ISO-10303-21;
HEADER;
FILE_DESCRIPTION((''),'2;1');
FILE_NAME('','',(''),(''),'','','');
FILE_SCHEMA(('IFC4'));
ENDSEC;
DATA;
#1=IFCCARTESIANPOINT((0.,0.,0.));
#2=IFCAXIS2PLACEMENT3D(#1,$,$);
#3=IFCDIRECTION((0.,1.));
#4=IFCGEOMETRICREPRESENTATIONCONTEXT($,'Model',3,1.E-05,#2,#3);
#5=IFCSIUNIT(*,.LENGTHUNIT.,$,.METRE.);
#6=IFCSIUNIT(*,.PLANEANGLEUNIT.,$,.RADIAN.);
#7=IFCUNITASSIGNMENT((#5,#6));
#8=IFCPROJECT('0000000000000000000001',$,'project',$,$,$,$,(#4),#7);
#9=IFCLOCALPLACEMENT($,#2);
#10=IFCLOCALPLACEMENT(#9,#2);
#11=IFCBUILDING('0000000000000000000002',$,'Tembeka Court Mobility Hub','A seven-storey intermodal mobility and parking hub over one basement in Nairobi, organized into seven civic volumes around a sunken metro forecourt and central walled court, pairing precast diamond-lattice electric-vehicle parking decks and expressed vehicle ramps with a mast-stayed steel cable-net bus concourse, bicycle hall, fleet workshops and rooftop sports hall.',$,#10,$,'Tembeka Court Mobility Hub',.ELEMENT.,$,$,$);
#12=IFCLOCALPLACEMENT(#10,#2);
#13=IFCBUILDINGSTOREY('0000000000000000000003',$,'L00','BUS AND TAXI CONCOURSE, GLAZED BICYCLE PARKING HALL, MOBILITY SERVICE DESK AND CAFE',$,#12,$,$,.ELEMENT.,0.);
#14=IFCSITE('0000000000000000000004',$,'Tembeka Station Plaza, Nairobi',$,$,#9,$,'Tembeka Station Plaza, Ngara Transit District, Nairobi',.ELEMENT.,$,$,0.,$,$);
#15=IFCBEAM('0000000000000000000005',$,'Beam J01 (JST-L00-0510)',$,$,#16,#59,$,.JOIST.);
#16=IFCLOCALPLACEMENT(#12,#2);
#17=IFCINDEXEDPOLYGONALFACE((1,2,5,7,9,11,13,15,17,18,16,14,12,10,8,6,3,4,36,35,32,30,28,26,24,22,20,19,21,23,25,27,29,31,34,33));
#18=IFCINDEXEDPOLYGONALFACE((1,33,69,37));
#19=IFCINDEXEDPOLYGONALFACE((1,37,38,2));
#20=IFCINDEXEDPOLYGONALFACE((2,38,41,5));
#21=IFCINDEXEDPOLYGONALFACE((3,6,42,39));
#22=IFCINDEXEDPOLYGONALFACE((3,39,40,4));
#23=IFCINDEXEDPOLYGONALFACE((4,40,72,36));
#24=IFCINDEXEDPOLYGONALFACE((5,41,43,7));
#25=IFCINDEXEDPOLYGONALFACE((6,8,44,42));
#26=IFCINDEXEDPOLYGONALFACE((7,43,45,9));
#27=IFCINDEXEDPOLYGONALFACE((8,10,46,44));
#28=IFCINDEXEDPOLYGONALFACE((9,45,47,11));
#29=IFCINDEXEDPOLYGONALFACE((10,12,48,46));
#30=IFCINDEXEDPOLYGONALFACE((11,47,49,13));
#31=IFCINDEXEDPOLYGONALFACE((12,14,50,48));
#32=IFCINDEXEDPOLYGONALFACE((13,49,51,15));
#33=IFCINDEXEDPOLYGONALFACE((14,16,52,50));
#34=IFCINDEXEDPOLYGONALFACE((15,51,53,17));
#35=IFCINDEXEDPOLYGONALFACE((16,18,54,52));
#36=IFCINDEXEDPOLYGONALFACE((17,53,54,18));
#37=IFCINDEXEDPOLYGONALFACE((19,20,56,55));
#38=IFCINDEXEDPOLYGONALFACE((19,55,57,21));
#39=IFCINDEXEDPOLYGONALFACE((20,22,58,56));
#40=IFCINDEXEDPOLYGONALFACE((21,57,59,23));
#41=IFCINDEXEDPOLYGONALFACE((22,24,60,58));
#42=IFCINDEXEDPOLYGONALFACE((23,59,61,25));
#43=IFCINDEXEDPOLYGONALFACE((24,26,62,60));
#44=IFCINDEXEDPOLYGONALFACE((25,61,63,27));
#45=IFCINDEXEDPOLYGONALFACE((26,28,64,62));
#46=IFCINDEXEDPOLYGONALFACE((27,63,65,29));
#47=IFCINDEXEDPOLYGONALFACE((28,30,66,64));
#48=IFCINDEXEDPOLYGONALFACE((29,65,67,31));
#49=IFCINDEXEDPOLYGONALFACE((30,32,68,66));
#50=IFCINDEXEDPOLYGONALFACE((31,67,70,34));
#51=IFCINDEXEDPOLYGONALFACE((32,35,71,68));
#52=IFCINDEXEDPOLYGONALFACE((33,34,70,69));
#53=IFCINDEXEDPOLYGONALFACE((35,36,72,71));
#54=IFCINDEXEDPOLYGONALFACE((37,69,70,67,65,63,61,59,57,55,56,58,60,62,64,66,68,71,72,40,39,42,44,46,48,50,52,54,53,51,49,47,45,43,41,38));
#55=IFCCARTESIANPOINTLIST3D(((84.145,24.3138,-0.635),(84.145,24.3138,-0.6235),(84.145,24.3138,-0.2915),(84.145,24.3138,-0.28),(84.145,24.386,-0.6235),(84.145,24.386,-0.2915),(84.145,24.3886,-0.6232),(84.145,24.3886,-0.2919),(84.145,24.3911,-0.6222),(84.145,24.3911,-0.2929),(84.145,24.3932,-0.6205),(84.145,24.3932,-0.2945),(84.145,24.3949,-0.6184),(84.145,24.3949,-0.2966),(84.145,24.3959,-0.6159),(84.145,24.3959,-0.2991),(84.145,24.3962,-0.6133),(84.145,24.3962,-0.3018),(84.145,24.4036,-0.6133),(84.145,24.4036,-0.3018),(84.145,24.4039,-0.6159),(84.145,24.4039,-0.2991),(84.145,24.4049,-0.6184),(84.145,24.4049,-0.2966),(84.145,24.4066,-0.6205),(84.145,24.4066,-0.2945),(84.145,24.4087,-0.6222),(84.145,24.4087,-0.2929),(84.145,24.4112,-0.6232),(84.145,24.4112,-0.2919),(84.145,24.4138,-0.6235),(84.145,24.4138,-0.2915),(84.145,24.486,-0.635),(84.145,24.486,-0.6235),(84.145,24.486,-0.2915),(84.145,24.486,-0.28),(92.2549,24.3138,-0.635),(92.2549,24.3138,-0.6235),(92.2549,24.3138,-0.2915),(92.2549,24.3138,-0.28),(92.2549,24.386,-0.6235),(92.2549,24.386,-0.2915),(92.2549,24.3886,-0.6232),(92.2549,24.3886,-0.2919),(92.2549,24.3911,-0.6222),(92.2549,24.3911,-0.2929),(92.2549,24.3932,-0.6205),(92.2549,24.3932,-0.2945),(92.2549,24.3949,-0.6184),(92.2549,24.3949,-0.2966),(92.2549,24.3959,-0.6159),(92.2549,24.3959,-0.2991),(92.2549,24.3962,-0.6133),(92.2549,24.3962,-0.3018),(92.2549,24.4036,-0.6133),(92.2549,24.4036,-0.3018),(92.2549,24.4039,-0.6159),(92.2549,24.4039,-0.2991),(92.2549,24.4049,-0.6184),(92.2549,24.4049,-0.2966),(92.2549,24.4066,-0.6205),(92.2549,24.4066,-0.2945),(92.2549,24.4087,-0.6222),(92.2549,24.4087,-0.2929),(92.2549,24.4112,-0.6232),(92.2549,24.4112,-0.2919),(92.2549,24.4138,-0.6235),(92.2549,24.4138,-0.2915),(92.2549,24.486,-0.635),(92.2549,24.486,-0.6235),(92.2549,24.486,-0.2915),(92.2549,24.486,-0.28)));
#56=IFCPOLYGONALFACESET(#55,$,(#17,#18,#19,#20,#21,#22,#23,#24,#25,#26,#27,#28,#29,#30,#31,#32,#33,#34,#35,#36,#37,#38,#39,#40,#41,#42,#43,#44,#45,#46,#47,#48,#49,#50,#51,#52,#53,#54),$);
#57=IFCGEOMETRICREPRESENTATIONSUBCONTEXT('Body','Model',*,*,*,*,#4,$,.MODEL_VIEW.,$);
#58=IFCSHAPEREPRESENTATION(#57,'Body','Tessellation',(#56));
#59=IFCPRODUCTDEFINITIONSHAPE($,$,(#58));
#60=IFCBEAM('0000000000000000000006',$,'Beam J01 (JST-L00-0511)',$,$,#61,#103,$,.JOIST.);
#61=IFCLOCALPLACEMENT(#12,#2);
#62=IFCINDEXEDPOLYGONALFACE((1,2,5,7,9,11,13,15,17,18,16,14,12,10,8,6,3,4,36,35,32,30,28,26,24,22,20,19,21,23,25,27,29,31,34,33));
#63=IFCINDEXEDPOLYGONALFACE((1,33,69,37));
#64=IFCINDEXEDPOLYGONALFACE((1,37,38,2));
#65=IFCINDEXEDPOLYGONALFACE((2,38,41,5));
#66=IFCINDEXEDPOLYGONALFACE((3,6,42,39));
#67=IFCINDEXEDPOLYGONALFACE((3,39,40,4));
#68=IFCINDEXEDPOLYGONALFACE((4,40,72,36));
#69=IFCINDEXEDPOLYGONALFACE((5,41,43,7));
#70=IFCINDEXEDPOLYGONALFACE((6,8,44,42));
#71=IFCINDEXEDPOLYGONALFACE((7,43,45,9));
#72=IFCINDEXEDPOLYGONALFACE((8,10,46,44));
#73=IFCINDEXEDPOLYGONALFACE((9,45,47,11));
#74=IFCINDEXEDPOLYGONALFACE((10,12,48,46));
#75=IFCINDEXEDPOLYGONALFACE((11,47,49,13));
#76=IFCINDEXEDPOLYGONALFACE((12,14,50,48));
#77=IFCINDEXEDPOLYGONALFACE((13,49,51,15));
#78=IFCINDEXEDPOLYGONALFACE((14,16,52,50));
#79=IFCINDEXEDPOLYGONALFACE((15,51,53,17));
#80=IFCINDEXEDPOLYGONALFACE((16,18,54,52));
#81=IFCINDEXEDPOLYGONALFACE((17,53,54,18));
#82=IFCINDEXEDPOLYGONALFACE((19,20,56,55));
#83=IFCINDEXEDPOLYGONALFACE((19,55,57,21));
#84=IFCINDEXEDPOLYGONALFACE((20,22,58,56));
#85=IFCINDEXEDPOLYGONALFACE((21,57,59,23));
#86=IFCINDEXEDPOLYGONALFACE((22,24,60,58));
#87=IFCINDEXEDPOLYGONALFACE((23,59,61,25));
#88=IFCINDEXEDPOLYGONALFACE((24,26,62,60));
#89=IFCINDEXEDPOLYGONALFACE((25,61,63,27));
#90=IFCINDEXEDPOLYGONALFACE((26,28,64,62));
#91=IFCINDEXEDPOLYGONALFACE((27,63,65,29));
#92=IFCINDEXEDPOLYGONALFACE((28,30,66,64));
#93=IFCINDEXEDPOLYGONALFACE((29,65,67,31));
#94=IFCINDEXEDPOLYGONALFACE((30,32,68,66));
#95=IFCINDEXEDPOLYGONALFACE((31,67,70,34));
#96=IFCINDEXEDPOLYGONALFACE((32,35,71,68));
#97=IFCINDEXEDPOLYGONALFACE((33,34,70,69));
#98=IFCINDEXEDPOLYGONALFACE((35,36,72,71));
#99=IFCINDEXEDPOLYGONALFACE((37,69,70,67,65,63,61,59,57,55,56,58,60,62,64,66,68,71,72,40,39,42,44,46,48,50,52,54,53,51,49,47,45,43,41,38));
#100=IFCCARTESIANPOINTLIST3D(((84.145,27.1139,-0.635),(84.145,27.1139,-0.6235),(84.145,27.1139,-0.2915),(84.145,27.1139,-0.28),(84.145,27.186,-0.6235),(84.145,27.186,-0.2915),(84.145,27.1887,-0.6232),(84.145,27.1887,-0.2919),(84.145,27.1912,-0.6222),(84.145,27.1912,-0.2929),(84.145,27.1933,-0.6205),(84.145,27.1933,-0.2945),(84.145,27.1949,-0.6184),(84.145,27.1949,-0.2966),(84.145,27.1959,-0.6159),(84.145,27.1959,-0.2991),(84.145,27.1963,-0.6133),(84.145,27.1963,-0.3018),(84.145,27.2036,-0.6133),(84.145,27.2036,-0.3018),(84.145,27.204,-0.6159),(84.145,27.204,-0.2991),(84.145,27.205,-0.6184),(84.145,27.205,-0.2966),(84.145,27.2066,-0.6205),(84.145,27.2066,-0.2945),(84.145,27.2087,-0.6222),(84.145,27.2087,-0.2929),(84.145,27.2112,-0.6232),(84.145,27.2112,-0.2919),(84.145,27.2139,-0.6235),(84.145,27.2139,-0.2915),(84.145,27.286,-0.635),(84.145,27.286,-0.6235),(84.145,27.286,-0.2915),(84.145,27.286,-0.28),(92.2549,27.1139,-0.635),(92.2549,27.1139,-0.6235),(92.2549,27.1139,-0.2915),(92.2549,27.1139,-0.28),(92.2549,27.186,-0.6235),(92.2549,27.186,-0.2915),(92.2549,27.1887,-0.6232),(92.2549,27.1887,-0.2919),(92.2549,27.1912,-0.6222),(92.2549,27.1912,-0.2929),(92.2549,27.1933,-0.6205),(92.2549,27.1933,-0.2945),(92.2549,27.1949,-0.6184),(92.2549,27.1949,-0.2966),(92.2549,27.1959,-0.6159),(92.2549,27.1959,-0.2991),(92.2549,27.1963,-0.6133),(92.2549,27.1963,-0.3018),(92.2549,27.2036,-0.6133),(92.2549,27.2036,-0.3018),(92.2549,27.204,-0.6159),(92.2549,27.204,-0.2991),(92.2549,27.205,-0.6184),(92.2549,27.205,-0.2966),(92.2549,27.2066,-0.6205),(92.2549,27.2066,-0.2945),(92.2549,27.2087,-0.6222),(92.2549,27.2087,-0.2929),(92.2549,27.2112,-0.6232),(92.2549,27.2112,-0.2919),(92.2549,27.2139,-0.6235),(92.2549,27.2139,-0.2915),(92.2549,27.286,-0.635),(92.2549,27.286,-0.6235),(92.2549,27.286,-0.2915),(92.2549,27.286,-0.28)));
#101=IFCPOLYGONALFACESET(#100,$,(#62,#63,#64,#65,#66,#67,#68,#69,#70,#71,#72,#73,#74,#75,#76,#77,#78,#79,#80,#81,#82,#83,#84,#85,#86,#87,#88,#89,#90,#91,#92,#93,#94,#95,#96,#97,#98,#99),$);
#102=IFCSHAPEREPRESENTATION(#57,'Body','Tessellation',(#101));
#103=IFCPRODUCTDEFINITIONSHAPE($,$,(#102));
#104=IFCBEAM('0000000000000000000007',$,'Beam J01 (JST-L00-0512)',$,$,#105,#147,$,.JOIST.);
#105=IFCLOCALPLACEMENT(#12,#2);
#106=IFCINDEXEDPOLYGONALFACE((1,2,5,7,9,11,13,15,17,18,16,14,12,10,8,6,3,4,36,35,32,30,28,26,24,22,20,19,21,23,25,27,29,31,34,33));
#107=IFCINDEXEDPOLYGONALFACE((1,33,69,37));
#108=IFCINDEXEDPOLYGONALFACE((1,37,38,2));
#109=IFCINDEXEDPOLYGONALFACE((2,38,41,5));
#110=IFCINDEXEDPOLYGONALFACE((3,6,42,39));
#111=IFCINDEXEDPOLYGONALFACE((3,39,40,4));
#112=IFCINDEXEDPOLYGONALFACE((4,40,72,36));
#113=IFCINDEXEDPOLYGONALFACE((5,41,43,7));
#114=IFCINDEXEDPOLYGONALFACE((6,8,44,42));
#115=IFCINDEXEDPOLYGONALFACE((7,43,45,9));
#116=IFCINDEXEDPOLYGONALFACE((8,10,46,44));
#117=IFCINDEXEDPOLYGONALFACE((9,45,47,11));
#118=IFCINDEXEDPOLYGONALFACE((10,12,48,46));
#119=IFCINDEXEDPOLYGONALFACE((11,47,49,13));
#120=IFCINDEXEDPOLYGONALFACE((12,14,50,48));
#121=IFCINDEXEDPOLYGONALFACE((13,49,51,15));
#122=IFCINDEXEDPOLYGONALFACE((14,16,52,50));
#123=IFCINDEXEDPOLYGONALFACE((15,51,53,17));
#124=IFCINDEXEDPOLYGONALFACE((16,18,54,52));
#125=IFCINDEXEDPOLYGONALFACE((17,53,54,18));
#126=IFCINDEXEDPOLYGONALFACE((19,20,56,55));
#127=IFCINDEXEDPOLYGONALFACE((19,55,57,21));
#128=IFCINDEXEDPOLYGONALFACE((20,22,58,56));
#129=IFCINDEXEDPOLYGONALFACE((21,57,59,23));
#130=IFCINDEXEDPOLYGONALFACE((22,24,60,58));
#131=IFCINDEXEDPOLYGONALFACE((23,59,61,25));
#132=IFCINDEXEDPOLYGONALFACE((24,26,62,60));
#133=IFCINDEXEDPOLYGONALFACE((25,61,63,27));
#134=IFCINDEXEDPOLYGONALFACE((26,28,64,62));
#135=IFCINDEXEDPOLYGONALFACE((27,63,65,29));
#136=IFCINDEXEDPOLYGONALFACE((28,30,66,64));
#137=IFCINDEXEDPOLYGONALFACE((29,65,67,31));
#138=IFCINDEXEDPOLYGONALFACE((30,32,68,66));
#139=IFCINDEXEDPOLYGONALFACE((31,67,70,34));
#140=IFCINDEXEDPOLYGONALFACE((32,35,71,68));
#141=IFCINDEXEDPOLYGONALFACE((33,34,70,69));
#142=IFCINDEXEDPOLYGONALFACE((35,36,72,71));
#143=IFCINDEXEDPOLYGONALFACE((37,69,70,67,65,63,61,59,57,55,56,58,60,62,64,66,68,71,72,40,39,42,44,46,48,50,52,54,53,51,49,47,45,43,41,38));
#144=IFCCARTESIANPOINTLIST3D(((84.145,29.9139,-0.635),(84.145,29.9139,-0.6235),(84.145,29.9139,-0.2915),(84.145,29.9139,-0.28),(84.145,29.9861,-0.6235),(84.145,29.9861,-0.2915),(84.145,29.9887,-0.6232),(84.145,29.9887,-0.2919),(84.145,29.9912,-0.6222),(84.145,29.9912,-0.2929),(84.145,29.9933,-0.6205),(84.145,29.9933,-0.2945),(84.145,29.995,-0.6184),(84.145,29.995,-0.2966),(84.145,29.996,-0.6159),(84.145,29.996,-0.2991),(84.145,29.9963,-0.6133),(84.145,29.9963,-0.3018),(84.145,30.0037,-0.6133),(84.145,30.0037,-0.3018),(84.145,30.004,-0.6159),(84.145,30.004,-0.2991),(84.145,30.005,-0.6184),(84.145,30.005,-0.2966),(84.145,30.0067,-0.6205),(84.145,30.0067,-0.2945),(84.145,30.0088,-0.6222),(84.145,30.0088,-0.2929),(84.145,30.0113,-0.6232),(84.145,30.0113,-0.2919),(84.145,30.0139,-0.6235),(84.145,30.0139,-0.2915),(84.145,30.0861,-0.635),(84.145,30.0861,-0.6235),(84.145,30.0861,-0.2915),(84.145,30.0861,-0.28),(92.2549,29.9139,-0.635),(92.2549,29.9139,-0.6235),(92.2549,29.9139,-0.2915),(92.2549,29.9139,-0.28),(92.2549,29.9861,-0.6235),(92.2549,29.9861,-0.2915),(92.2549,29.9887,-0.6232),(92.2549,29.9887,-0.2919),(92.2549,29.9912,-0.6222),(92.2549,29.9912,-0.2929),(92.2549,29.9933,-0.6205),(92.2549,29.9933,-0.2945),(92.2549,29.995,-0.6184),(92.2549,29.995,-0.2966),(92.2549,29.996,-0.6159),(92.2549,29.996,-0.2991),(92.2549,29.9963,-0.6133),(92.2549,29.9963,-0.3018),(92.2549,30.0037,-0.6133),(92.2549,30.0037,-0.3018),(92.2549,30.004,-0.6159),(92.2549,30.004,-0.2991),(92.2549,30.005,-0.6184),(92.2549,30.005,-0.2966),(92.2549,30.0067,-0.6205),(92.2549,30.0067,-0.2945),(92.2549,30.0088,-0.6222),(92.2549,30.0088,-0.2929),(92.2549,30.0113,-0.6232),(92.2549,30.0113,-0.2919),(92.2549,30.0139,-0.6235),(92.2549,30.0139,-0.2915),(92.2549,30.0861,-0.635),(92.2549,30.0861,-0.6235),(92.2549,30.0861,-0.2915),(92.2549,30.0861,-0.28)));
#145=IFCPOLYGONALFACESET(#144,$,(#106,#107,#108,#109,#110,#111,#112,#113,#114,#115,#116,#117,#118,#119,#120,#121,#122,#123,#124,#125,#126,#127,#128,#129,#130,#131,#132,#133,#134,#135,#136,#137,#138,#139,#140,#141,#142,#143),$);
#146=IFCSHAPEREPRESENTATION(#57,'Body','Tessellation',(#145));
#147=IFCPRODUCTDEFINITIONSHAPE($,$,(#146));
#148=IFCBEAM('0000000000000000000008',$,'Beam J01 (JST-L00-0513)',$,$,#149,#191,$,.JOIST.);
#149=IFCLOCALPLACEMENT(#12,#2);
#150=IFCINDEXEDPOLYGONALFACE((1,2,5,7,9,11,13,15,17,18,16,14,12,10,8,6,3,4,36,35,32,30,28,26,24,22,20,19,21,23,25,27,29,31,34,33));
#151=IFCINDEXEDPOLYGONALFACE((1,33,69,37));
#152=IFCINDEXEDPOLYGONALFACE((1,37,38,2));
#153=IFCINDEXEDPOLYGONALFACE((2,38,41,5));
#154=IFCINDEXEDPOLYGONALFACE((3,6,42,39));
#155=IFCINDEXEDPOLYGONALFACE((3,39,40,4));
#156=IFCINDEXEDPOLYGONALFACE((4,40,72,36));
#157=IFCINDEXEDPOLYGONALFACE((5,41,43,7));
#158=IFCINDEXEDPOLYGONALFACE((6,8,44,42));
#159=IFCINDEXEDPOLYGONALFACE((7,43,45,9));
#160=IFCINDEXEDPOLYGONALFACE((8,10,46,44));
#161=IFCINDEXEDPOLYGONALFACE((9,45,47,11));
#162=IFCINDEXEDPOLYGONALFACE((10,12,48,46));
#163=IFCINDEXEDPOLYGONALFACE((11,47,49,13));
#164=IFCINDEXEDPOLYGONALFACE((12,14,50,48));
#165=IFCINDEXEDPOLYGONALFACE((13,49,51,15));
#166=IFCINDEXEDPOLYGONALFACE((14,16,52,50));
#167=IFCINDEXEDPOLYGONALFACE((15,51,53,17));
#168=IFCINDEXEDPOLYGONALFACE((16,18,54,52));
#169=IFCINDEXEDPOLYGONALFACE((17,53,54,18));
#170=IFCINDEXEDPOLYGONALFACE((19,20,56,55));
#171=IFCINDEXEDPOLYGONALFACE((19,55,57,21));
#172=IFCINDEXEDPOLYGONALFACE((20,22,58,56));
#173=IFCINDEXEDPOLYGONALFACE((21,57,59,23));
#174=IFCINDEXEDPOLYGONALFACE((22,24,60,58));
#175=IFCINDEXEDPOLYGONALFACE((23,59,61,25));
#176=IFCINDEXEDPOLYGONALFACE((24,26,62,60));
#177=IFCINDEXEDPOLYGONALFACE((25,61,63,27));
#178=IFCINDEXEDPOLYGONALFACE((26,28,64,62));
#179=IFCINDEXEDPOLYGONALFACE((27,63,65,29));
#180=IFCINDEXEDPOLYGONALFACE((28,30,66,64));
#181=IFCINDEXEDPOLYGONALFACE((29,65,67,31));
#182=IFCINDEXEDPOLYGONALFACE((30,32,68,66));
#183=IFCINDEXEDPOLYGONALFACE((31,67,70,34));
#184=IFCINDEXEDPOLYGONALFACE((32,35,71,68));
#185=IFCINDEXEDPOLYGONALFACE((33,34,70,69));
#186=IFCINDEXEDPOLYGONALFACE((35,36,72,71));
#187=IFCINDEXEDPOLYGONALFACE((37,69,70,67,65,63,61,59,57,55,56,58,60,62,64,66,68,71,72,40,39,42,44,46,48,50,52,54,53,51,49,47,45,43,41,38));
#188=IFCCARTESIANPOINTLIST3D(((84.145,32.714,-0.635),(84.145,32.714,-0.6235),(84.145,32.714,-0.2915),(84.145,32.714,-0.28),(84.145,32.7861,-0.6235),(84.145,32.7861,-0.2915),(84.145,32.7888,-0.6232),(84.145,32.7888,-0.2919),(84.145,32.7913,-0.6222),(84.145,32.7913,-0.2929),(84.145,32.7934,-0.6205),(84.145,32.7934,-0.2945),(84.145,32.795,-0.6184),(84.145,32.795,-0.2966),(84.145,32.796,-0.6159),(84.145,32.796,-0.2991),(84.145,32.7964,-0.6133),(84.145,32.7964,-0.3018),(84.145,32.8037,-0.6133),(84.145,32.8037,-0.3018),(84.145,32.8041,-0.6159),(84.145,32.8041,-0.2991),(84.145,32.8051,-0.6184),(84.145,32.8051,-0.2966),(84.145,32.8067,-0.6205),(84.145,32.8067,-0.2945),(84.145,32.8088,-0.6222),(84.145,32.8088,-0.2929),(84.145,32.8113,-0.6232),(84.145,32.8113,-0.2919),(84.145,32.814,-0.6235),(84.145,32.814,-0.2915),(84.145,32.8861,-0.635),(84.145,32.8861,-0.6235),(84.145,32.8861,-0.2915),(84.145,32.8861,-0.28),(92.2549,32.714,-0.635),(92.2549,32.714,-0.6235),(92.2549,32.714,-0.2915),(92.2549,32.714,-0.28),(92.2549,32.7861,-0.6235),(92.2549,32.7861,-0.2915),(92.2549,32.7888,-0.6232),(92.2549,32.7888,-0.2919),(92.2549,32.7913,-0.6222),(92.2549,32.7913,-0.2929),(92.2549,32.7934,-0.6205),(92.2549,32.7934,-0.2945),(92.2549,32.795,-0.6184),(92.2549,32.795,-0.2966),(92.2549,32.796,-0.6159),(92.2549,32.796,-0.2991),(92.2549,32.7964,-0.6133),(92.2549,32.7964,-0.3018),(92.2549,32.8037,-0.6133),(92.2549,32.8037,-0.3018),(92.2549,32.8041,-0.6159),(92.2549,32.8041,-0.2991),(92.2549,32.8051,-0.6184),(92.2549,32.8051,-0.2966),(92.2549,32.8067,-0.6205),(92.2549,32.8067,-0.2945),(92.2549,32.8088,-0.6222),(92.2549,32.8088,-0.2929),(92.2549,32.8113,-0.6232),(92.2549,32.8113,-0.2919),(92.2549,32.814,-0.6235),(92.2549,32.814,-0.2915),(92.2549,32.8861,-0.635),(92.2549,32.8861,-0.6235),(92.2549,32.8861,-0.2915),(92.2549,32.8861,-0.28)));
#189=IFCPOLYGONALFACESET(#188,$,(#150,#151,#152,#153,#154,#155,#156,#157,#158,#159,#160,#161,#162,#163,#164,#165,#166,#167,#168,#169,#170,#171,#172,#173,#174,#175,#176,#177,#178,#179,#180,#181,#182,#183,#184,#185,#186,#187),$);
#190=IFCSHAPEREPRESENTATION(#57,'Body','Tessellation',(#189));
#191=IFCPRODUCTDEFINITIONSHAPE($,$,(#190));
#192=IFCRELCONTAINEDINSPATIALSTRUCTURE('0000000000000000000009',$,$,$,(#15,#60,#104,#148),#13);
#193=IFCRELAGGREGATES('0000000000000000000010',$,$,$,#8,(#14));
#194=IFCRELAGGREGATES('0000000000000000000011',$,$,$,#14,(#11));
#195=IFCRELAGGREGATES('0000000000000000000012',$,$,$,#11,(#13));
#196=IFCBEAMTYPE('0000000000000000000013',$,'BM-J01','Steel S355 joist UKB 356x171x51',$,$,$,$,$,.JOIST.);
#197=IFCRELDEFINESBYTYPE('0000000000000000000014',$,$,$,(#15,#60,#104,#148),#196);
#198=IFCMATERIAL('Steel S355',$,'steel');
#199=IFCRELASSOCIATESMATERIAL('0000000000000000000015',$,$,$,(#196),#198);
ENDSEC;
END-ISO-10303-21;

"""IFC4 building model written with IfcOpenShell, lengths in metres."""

from ifc_helpers import new_model, si_unit, direction, frame, origin, origin_2d, place, context, subcontext, project, spatial, i_section, extrude, material, material_profile, profile_set, type_object, element, save


model = new_model("IFC4")

# Units and contexts
model_context = context("Model", 3, precision=1e-05, world=origin(), true_north=direction((0.0, 1.0)))
body_context = subcontext(model_context, "Body", "Model", "MODEL_VIEW")
ifc_project = project(units=[si_unit("LENGTHUNIT", "METRE"), si_unit("PLANEANGLEUNIT", "RADIAN")], contexts=[model_context])

# Site, building, storey
site_placement = place(None, origin())
site = spatial("IfcSite", under=ifc_project, at=site_placement, Name="Tembeka Station Plaza, Nairobi", LongName="Tembeka Station Plaza, Ngara Transit District, Nairobi", CompositionType="ELEMENT", RefElevation=0.0)
building_placement = place(site_placement, origin())
building = spatial("IfcBuilding", under=site, at=building_placement, Name="Tembeka Court Mobility Hub", Description="A seven-storey intermodal mobility and parking hub over one basement in Nairobi, organized into seven civic volumes around a sunken metro forecourt and central walled court, pairing precast diamond-lattice electric-vehicle parking decks and expressed vehicle ramps with a mast-stayed steel cable-net bus concourse, bicycle hall, fleet workshops and rooftop sports hall.", LongName="Tembeka Court Mobility Hub", CompositionType="ELEMENT")
storey_placement = place(building_placement, origin())
storey = spatial("IfcBuildingStorey", under=building, at=storey_placement, Name="L00", Description="BUS AND TAXI CONCOURSE, GLAZED BICYCLE PARKING HALL, MOBILITY SERVICE DESK AND CAFE", CompositionType="ELEMENT", Elevation=0.0)

# Beams
ifc_material_1 = material(Name="Steel S355", Category="steel")
ifc_material_profile_1 = material_profile(ifc_material_1, i_section(OverallWidth=0.1721, OverallDepth=0.355, WebThickness=0.0073, FlangeThickness=0.0115, FilletRadius=0.0103, at=origin_2d()), Name="UKB 356x171x51")
ifc_profile_set_1 = profile_set([ifc_material_profile_1], Name="Steel S355")
beam_type_1 = type_object("IfcBeamType", Name="BM-J01", Description="Steel S355 joist UKB 356x171x51", PredefinedType="JOIST", material=ifc_profile_set_1)
for number, where, z_axis, x_axis, name in (
    (1, (84.145, 24.3999, -0.4575), (1.0, 0.0, 0.0), (0.0, 1.0, 0.0), "Beam J01 (JST-L00-0510)"),
    (2, (84.145, 27.2, -0.4575), (1.0, 0.0, 0.0), (0.0, 1.0, 0.0), "Beam J01 (JST-L00-0511)"),
    (3, (84.145, 30.0, -0.4575), (1.0, 0.0, 0.0), (0.0, 1.0, 0.0), "Beam J01 (JST-L00-0512)"),
    (4, (84.145, 32.8, -0.4575), (1.0, 0.0, 0.0), (0.0, 1.0, 0.0), "Beam J01 (JST-L00-0513)"),
):
    element("IfcBeam", number, at=place(storey_placement, frame(where, z_axis=z_axis, x_axis=x_axis)), inside=storey, type_object=beam_type_1, Name=name, PredefinedType="JOIST", context=body_context, shape_type="SweptSolid", body=[
        extrude(i_section(OverallWidth=0.1721, OverallDepth=0.355, WebThickness=0.0073, FlangeThickness=0.0115, FilletRadius=0.0103, at=origin_2d()), origin(), (0.0, 0.0, 1.0), 8.1099),
    ])

save(model, "model.ifc")
